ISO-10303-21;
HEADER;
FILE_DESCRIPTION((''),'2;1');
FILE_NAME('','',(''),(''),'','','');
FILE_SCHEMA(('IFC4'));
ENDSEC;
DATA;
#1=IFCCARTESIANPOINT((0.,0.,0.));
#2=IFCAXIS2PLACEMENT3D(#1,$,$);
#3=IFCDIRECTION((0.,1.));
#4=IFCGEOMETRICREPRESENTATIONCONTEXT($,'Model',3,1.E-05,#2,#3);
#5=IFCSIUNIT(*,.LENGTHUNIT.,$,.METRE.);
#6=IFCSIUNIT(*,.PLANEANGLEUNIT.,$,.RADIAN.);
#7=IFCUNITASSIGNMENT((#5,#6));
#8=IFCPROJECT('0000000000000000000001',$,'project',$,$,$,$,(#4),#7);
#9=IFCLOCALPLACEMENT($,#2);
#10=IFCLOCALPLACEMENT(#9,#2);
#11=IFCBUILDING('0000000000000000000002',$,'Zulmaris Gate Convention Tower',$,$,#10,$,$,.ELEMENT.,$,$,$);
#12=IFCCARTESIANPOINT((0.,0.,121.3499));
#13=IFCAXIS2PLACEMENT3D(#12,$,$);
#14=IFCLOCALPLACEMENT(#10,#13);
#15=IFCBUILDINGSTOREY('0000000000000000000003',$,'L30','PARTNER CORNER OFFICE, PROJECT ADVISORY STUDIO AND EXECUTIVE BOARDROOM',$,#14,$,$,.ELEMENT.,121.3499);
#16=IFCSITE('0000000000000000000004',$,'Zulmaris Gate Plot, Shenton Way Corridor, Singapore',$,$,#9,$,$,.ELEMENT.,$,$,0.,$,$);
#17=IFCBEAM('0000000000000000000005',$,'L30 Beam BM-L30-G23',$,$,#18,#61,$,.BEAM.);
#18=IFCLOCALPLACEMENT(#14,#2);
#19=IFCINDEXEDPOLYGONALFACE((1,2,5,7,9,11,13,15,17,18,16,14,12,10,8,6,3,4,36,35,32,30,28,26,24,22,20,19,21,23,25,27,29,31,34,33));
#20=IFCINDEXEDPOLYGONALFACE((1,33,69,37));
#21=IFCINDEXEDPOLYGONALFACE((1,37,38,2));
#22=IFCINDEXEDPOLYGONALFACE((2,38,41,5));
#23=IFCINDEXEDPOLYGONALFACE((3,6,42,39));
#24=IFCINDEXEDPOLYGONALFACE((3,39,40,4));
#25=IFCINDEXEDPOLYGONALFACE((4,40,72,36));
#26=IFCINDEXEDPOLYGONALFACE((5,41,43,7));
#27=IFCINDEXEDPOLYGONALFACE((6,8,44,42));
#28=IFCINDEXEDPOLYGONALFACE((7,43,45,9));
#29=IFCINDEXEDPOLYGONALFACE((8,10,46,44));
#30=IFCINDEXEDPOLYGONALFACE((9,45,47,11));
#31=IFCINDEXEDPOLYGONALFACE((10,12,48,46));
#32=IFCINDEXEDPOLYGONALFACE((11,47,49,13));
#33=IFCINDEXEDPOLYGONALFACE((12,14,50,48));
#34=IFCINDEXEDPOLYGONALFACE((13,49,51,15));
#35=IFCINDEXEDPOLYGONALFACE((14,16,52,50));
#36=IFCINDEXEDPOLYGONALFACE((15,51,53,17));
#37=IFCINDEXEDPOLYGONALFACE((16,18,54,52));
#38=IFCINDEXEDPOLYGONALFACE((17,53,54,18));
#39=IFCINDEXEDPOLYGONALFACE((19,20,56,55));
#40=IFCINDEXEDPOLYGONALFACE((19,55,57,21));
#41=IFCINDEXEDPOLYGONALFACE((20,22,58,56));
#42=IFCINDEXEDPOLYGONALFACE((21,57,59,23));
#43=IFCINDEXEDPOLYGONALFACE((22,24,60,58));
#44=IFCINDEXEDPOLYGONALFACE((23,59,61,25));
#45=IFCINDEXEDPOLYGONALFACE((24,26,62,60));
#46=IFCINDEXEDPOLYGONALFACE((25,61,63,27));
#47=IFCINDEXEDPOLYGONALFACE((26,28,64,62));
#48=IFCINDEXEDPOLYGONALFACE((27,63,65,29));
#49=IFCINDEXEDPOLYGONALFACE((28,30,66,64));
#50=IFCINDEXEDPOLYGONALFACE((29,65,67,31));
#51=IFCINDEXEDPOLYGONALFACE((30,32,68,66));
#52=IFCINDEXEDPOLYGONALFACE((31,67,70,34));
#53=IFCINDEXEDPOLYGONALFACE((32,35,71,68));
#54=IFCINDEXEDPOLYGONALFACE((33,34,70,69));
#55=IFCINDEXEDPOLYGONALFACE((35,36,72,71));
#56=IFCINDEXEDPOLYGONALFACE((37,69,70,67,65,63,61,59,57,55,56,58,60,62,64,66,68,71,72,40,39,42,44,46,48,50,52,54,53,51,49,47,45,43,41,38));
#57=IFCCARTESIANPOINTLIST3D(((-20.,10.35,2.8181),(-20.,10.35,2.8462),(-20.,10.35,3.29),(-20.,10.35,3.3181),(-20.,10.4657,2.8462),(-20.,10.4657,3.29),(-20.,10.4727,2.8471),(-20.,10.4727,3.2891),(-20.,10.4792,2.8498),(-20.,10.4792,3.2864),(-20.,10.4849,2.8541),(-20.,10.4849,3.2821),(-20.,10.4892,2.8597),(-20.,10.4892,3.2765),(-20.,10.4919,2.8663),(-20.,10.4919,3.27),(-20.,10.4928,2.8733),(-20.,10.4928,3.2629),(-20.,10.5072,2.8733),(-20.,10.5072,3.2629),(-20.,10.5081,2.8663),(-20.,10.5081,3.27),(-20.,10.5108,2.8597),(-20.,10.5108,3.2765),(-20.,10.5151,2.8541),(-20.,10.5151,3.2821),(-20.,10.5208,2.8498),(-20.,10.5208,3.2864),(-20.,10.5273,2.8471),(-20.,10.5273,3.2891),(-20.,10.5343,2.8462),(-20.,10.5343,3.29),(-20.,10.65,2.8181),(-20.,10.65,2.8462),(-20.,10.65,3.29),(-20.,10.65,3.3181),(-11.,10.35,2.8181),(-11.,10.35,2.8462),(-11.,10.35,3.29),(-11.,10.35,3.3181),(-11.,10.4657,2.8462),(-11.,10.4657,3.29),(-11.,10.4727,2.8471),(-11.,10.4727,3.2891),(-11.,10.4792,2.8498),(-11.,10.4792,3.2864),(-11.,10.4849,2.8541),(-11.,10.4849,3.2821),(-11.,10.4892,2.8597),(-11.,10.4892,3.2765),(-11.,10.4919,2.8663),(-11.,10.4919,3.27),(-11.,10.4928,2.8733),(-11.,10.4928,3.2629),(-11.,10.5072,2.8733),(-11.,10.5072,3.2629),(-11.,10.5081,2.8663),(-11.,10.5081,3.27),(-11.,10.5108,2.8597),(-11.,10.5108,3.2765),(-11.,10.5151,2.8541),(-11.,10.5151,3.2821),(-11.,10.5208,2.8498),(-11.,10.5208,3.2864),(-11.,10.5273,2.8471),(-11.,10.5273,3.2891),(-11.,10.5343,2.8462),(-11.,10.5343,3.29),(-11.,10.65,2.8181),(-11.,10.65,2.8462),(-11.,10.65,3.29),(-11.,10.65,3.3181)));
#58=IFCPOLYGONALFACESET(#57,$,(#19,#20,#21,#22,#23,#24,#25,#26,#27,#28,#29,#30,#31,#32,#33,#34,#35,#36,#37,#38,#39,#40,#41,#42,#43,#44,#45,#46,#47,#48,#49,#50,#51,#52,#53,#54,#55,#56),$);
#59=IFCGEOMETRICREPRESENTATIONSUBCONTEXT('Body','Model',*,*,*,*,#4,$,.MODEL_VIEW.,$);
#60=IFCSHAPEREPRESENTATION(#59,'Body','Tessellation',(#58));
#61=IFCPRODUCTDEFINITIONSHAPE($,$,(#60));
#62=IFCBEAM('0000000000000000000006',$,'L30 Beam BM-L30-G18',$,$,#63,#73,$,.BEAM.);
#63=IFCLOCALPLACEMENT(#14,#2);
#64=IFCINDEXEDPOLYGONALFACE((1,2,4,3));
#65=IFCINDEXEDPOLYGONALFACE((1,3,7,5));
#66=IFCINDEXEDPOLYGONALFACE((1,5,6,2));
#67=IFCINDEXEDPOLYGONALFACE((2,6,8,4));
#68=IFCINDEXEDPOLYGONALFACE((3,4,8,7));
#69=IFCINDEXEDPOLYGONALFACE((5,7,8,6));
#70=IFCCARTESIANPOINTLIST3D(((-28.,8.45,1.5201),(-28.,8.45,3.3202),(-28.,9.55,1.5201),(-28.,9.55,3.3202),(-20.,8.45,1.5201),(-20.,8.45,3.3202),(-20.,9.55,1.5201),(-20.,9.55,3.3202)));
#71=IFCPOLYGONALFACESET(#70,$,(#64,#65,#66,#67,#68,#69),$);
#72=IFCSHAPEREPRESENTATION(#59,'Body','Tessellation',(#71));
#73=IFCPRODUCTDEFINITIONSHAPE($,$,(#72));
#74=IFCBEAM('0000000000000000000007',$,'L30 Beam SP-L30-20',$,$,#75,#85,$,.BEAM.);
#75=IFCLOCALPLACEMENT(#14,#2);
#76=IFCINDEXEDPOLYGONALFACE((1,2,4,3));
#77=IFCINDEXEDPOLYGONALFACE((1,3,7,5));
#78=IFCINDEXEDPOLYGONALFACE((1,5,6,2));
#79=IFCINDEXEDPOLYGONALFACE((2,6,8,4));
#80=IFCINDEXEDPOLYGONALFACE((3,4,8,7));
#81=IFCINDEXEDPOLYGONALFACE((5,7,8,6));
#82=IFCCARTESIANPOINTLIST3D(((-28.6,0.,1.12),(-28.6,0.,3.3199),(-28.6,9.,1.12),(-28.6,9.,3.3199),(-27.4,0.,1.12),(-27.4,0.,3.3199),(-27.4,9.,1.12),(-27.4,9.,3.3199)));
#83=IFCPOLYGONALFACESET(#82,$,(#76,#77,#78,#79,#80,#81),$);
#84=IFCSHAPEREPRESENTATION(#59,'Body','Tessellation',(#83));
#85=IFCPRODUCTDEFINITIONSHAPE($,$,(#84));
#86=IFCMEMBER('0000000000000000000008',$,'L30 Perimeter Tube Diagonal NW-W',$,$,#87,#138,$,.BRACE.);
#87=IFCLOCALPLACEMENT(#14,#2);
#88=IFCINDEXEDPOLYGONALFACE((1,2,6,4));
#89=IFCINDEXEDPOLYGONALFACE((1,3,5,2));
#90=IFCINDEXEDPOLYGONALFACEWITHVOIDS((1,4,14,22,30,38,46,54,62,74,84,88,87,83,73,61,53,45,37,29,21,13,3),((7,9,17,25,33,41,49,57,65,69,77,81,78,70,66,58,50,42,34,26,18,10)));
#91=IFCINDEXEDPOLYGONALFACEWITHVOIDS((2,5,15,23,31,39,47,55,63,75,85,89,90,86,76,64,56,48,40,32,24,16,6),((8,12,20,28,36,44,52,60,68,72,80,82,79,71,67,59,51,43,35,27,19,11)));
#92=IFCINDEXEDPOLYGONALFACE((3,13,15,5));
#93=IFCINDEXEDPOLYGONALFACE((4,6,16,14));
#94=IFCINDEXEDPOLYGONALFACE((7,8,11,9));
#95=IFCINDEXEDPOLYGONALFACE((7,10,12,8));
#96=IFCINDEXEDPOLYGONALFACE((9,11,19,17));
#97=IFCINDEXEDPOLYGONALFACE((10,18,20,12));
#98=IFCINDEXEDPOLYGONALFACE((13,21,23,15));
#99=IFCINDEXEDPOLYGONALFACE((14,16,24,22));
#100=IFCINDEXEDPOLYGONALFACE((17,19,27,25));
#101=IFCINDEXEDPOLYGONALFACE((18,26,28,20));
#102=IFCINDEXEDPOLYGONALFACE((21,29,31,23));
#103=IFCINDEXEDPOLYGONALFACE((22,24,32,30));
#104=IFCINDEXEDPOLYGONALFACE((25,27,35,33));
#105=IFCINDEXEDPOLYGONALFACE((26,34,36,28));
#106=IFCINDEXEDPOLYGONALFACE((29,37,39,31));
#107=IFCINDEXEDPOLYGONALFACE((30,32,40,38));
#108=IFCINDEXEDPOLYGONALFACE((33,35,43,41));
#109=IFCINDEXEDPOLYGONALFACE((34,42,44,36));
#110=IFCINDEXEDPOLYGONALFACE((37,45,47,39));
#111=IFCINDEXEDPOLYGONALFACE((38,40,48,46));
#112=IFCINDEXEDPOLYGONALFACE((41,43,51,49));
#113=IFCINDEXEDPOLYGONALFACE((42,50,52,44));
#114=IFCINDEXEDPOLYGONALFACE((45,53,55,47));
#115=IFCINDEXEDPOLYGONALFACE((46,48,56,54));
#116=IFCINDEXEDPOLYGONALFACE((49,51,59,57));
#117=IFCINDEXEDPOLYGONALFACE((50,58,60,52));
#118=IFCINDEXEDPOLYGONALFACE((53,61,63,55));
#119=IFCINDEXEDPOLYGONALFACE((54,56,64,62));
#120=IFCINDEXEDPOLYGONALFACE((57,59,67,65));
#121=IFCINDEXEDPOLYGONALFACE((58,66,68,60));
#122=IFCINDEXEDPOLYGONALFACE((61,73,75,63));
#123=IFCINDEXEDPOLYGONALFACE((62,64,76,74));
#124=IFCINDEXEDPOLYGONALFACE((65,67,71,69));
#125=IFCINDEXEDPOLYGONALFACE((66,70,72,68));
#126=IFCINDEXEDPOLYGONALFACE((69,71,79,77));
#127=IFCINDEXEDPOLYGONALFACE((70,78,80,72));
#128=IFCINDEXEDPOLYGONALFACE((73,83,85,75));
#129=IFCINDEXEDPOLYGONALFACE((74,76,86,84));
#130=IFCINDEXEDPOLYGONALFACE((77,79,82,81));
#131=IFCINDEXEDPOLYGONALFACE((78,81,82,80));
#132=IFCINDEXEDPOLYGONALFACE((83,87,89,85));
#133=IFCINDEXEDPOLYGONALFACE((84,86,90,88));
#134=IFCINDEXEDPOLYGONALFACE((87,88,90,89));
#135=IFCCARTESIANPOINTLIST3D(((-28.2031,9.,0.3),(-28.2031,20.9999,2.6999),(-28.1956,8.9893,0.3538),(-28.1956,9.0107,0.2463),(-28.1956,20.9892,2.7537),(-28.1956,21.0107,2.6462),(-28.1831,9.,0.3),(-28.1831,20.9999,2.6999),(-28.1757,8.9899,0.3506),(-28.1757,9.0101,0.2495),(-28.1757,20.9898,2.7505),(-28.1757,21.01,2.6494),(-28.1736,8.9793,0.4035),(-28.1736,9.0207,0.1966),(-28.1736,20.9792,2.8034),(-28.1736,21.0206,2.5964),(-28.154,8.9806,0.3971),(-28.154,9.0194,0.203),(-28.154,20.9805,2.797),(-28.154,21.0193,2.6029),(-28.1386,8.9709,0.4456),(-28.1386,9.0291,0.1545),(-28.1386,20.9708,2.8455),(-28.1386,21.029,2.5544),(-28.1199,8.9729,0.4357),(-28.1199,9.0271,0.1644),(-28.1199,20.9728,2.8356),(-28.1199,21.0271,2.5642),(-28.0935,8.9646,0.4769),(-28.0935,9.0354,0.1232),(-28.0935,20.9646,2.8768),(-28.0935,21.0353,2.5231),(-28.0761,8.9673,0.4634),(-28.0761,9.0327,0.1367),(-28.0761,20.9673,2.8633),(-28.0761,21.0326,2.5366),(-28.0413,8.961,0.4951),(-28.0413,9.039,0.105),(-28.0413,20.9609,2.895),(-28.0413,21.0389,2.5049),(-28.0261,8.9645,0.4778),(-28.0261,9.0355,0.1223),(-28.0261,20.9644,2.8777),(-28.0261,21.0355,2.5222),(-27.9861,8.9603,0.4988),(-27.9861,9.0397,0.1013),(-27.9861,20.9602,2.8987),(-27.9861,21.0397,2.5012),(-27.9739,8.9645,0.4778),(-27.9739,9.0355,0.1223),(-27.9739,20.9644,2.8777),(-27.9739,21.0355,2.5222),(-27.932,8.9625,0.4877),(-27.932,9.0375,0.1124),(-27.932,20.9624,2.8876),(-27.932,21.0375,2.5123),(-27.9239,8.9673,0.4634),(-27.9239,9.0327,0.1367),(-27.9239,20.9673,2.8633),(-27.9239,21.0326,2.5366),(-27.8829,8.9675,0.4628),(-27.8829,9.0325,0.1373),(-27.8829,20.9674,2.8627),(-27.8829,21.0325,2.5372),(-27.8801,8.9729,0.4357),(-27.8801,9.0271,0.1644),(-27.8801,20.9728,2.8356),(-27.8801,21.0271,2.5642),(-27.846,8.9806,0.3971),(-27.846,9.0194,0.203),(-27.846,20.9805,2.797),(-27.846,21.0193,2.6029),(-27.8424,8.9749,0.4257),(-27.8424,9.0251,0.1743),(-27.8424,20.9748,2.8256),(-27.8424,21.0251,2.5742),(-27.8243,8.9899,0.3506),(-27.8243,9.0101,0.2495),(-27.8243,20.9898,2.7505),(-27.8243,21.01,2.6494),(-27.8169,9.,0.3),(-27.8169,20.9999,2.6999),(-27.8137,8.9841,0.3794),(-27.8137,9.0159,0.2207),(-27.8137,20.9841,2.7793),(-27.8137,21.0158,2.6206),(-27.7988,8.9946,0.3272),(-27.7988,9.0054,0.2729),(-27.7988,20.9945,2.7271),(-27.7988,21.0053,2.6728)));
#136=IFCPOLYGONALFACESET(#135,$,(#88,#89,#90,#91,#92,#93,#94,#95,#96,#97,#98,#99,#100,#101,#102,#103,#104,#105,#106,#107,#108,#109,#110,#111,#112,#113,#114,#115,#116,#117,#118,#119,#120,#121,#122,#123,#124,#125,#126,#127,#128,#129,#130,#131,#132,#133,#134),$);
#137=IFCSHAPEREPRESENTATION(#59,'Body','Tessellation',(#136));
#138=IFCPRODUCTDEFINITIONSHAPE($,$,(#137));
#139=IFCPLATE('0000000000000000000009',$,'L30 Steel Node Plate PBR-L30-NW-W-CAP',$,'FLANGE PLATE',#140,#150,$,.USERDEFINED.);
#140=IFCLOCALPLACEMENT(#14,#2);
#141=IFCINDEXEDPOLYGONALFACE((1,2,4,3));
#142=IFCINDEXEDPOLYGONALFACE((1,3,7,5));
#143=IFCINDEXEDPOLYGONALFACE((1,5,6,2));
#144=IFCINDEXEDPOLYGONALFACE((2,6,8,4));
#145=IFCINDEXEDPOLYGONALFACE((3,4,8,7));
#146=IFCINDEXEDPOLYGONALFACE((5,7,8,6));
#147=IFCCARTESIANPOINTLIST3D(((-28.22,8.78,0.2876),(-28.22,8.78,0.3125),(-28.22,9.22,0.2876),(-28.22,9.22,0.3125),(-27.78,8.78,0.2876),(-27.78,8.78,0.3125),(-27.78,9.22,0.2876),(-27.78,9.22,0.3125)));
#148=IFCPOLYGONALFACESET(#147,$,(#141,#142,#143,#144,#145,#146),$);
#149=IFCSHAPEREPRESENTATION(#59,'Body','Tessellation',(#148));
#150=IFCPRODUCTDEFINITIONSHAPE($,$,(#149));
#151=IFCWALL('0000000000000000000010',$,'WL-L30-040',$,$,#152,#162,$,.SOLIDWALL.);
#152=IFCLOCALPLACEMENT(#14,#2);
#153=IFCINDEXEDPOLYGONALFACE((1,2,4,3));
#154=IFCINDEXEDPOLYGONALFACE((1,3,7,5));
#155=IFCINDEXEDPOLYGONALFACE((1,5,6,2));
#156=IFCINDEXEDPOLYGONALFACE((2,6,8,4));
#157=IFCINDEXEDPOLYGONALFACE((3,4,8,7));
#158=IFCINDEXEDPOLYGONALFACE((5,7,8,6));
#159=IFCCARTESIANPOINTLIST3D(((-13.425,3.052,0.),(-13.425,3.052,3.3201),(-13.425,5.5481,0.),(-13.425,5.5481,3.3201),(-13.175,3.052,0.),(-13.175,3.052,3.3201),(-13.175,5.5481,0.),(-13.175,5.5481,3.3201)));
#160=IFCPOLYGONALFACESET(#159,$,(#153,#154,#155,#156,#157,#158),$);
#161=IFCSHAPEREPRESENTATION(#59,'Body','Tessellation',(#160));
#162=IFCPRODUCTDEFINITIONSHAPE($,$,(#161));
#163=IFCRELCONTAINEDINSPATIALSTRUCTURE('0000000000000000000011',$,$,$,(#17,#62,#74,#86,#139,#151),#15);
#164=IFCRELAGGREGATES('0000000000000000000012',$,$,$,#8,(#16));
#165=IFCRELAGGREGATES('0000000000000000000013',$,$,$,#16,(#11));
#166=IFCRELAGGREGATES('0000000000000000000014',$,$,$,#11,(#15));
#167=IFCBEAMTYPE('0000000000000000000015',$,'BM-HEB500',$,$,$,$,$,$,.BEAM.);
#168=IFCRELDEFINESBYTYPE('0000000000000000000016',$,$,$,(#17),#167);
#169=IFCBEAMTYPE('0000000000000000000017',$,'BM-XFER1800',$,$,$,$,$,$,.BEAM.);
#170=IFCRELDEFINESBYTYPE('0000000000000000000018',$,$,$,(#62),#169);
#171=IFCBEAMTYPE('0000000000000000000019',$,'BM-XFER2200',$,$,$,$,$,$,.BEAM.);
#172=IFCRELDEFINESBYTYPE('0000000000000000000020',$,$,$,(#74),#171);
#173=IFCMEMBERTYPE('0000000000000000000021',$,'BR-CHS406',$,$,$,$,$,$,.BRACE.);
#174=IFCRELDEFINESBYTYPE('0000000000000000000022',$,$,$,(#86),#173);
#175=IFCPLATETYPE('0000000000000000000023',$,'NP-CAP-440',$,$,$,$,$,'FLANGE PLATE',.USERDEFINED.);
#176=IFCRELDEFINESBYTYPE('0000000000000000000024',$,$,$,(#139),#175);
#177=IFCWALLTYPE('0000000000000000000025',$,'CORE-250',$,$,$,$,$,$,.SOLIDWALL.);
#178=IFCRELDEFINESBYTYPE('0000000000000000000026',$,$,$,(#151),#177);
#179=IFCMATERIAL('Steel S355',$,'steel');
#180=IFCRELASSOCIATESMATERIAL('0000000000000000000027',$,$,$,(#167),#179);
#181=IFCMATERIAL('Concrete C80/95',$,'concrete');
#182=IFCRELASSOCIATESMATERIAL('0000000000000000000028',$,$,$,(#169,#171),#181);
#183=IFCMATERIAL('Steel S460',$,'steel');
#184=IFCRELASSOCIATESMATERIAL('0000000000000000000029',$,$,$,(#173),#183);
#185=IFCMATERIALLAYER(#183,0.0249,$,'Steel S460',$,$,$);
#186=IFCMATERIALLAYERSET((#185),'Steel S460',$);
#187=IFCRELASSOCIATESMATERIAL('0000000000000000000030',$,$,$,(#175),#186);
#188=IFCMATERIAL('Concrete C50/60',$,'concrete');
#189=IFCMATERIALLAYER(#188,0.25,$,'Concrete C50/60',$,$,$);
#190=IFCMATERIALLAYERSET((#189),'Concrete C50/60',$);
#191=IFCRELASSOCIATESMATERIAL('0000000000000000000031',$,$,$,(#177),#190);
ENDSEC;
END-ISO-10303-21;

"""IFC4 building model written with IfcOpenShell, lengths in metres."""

from ifc_helpers import new_model, si_unit, direction, frame, frame_2d, origin, origin_2d, place, context, subcontext, project, spatial, rectangle, hollow_circle, i_section, extrude, material, layer, layer_set, material_profile, profile_set, type_object, element, save


model = new_model("IFC4")

# Units and contexts
model_context = context("Model", 3, precision=1e-05, world=origin(), true_north=direction((0.0, 1.0)))
body_context = subcontext(model_context, "Body", "Model", "MODEL_VIEW")
ifc_project = project(units=[si_unit("LENGTHUNIT", "METRE"), si_unit("PLANEANGLEUNIT", "RADIAN")], contexts=[model_context])

# Site, building, storey
site_placement = place(None, origin())
site = spatial("IfcSite", under=ifc_project, at=site_placement, Name="Zulmaris Gate Plot, Shenton Way Corridor, Singapore", CompositionType="ELEMENT", RefElevation=0.0)
building_placement = place(site_placement, origin())
building = spatial("IfcBuilding", under=site, at=building_placement, Name="Zulmaris Gate Convention Tower", CompositionType="ELEMENT")
storey_placement = place(building_placement, frame((0.0, 0.0, 121.3499)))
storey = spatial("IfcBuildingStorey", under=building, at=storey_placement, Name="L30", Description="PARTNER CORNER OFFICE, PROJECT ADVISORY STUDIO AND EXECUTIVE BOARDROOM", CompositionType="ELEMENT", Elevation=121.3499)

# Beams
ifc_material_1 = material(Name="Steel S355", Category="steel")
ifc_material_profile_1 = material_profile(ifc_material_1, i_section(OverallWidth=0.3, OverallDepth=0.5, WebThickness=0.0144, FlangeThickness=0.0281, FilletRadius=0.0271, at=origin_2d()), Name="HEB 500")
ifc_profile_set_1 = profile_set([ifc_material_profile_1], Name="Steel S355")
beam_type_1 = type_object("IfcBeamType", Name="BM-HEB500", PredefinedType="BEAM", material=ifc_profile_set_1)
beam_1_placement = place(storey_placement, frame((-20.0, 10.5, 3.0681), z_axis=(1.0, 0.0, 0.0), x_axis=(0.0, 1.0, 0.0)))
element("IfcBeam", 1, at=beam_1_placement, inside=storey, type_object=beam_type_1, Name="L30 Beam BM-L30-G23", PredefinedType="BEAM", context=body_context, shape_type="SweptSolid", body=[
    extrude(i_section(OverallWidth=0.3, OverallDepth=0.5, WebThickness=0.0144, FlangeThickness=0.0281, FilletRadius=0.0271, at=origin_2d()), origin(), (0.0, 0.0, 1.0), 9.0),
])
ifc_material_2 = material(Name="Concrete C80/95", Category="concrete")
ifc_material_profile_2 = material_profile(ifc_material_2, rectangle(XDim=1.1001, YDim=1.8, at=origin_2d()), Name="RC TRANSFER 1100x1800")
ifc_profile_set_2 = profile_set([ifc_material_profile_2], Name="Concrete C80/95")
beam_type_2 = type_object("IfcBeamType", Name="BM-XFER1800", PredefinedType="BEAM", material=ifc_profile_set_2)
beam_2_placement = place(storey_placement, frame((-28.0, 9.0, 2.4202), z_axis=(1.0, 0.0, 0.0), x_axis=(0.0, 1.0, 0.0)))
element("IfcBeam", 2, at=beam_2_placement, inside=storey, type_object=beam_type_2, Name="L30 Beam BM-L30-G18", PredefinedType="BEAM", context=body_context, shape_type="SweptSolid", body=[
    extrude(rectangle(XDim=1.1001, YDim=1.8, at=origin_2d()), origin(), (0.0, 0.0, 1.0), 8.0),
])
ifc_material_profile_3 = material_profile(ifc_material_2, rectangle(XDim=1.2, YDim=2.2, at=origin_2d()), Name="RC TRANSFER 1200x2200")
ifc_profile_set_3 = profile_set([ifc_material_profile_3], Name="Concrete C80/95")
beam_type_3 = type_object("IfcBeamType", Name="BM-XFER2200", PredefinedType="BEAM", material=ifc_profile_set_3)
beam_3_placement = place(storey_placement, frame((-28.0, 9.0, 2.22), z_axis=(0.0, -1.0, 0.0), x_axis=(1.0, 0.0, 0.0)))
element("IfcBeam", 3, at=beam_3_placement, inside=storey, type_object=beam_type_3, Name="L30 Beam SP-L30-20", PredefinedType="BEAM", context=body_context, shape_type="SweptSolid", body=[
    extrude(rectangle(XDim=1.2, YDim=2.2, at=origin_2d()), origin(), (0.0, 0.0, 1.0), 9.0),
])

# Member
ifc_material_3 = material(Name="Steel S460", Category="steel")
ifc_material_profile_4 = material_profile(ifc_material_3, hollow_circle(Radius=0.2031, WallThickness=0.02, at=origin_2d()), Name="CHS 406.4x20")
ifc_profile_set_4 = profile_set([ifc_material_profile_4], Name="Steel S460")
member_type = type_object("IfcMemberType", Name="BR-CHS406", PredefinedType="BRACE", material=ifc_profile_set_4)
member_placement = place(storey_placement, frame((-28.0, 9.0, 0.3), z_axis=(0.0, 0.980582, 0.196108), x_axis=(-1.0, 0.0, 0.0)))
element("IfcMember", 4, at=member_placement, inside=storey, type_object=member_type, Name="L30 Perimeter Tube Diagonal NW-W", PredefinedType="BRACE", context=body_context, shape_type="SweptSolid", body=[
    extrude(hollow_circle(Radius=0.2031, WallThickness=0.02, at=origin_2d()), origin(), (0.0, 0.0, 1.0), 12.2375),
])

# Plate
ifc_layer_1 = layer(ifc_material_3, 0.0249, Name="Steel S460")
ifc_layer_set_1 = layer_set([ifc_layer_1], Name="Steel S460")
plate_type = type_object("IfcPlateType", Name="NP-CAP-440", ElementType="FLANGE PLATE", PredefinedType="USERDEFINED", material=ifc_layer_set_1)
plate_placement = place(storey_placement, frame((-28.0, 9.0, 0.2876), z_axis=(0.0, 0.0, 1.0), x_axis=(1.0, 0.0, 0.0)))
element("IfcPlate", 5, at=plate_placement, inside=storey, type_object=plate_type, Name="L30 Steel Node Plate PBR-L30-NW-W-CAP", ObjectType="FLANGE PLATE", PredefinedType="USERDEFINED", context=body_context, shape_type="SweptSolid", body=[
    extrude(rectangle(XDim=0.4399, YDim=0.4399, at=origin_2d()), origin(), (0.0, 0.0, 1.0), 0.0249),
])

# Wall
ifc_material_4 = material(Name="Concrete C50/60", Category="concrete")
ifc_layer_2 = layer(ifc_material_4, 0.25, Name="Concrete C50/60")
ifc_layer_set_2 = layer_set([ifc_layer_2], Name="Concrete C50/60")
wall_type_1 = type_object("IfcWallType", Name="CORE-250", PredefinedType="SOLIDWALL", material=ifc_layer_set_2)
wall_1_placement = place(storey_placement, frame((-13.3, 3.052, 0.0), z_axis=(0.0, 0.0, 1.0), x_axis=(0.0, 1.0, 0.0)))
element("IfcWall", 6, at=wall_1_placement, inside=storey, type_object=wall_type_1, Name="WL-L30-040", PredefinedType="SOLIDWALL", context=body_context, shape_type="SweptSolid", body=[
    extrude(rectangle(XDim=2.4961, YDim=0.25, at=frame_2d((1.248, 0.0))), origin(), (0.0, 0.0, 1.0), 3.3201),
])

save(model, "model.ifc")
